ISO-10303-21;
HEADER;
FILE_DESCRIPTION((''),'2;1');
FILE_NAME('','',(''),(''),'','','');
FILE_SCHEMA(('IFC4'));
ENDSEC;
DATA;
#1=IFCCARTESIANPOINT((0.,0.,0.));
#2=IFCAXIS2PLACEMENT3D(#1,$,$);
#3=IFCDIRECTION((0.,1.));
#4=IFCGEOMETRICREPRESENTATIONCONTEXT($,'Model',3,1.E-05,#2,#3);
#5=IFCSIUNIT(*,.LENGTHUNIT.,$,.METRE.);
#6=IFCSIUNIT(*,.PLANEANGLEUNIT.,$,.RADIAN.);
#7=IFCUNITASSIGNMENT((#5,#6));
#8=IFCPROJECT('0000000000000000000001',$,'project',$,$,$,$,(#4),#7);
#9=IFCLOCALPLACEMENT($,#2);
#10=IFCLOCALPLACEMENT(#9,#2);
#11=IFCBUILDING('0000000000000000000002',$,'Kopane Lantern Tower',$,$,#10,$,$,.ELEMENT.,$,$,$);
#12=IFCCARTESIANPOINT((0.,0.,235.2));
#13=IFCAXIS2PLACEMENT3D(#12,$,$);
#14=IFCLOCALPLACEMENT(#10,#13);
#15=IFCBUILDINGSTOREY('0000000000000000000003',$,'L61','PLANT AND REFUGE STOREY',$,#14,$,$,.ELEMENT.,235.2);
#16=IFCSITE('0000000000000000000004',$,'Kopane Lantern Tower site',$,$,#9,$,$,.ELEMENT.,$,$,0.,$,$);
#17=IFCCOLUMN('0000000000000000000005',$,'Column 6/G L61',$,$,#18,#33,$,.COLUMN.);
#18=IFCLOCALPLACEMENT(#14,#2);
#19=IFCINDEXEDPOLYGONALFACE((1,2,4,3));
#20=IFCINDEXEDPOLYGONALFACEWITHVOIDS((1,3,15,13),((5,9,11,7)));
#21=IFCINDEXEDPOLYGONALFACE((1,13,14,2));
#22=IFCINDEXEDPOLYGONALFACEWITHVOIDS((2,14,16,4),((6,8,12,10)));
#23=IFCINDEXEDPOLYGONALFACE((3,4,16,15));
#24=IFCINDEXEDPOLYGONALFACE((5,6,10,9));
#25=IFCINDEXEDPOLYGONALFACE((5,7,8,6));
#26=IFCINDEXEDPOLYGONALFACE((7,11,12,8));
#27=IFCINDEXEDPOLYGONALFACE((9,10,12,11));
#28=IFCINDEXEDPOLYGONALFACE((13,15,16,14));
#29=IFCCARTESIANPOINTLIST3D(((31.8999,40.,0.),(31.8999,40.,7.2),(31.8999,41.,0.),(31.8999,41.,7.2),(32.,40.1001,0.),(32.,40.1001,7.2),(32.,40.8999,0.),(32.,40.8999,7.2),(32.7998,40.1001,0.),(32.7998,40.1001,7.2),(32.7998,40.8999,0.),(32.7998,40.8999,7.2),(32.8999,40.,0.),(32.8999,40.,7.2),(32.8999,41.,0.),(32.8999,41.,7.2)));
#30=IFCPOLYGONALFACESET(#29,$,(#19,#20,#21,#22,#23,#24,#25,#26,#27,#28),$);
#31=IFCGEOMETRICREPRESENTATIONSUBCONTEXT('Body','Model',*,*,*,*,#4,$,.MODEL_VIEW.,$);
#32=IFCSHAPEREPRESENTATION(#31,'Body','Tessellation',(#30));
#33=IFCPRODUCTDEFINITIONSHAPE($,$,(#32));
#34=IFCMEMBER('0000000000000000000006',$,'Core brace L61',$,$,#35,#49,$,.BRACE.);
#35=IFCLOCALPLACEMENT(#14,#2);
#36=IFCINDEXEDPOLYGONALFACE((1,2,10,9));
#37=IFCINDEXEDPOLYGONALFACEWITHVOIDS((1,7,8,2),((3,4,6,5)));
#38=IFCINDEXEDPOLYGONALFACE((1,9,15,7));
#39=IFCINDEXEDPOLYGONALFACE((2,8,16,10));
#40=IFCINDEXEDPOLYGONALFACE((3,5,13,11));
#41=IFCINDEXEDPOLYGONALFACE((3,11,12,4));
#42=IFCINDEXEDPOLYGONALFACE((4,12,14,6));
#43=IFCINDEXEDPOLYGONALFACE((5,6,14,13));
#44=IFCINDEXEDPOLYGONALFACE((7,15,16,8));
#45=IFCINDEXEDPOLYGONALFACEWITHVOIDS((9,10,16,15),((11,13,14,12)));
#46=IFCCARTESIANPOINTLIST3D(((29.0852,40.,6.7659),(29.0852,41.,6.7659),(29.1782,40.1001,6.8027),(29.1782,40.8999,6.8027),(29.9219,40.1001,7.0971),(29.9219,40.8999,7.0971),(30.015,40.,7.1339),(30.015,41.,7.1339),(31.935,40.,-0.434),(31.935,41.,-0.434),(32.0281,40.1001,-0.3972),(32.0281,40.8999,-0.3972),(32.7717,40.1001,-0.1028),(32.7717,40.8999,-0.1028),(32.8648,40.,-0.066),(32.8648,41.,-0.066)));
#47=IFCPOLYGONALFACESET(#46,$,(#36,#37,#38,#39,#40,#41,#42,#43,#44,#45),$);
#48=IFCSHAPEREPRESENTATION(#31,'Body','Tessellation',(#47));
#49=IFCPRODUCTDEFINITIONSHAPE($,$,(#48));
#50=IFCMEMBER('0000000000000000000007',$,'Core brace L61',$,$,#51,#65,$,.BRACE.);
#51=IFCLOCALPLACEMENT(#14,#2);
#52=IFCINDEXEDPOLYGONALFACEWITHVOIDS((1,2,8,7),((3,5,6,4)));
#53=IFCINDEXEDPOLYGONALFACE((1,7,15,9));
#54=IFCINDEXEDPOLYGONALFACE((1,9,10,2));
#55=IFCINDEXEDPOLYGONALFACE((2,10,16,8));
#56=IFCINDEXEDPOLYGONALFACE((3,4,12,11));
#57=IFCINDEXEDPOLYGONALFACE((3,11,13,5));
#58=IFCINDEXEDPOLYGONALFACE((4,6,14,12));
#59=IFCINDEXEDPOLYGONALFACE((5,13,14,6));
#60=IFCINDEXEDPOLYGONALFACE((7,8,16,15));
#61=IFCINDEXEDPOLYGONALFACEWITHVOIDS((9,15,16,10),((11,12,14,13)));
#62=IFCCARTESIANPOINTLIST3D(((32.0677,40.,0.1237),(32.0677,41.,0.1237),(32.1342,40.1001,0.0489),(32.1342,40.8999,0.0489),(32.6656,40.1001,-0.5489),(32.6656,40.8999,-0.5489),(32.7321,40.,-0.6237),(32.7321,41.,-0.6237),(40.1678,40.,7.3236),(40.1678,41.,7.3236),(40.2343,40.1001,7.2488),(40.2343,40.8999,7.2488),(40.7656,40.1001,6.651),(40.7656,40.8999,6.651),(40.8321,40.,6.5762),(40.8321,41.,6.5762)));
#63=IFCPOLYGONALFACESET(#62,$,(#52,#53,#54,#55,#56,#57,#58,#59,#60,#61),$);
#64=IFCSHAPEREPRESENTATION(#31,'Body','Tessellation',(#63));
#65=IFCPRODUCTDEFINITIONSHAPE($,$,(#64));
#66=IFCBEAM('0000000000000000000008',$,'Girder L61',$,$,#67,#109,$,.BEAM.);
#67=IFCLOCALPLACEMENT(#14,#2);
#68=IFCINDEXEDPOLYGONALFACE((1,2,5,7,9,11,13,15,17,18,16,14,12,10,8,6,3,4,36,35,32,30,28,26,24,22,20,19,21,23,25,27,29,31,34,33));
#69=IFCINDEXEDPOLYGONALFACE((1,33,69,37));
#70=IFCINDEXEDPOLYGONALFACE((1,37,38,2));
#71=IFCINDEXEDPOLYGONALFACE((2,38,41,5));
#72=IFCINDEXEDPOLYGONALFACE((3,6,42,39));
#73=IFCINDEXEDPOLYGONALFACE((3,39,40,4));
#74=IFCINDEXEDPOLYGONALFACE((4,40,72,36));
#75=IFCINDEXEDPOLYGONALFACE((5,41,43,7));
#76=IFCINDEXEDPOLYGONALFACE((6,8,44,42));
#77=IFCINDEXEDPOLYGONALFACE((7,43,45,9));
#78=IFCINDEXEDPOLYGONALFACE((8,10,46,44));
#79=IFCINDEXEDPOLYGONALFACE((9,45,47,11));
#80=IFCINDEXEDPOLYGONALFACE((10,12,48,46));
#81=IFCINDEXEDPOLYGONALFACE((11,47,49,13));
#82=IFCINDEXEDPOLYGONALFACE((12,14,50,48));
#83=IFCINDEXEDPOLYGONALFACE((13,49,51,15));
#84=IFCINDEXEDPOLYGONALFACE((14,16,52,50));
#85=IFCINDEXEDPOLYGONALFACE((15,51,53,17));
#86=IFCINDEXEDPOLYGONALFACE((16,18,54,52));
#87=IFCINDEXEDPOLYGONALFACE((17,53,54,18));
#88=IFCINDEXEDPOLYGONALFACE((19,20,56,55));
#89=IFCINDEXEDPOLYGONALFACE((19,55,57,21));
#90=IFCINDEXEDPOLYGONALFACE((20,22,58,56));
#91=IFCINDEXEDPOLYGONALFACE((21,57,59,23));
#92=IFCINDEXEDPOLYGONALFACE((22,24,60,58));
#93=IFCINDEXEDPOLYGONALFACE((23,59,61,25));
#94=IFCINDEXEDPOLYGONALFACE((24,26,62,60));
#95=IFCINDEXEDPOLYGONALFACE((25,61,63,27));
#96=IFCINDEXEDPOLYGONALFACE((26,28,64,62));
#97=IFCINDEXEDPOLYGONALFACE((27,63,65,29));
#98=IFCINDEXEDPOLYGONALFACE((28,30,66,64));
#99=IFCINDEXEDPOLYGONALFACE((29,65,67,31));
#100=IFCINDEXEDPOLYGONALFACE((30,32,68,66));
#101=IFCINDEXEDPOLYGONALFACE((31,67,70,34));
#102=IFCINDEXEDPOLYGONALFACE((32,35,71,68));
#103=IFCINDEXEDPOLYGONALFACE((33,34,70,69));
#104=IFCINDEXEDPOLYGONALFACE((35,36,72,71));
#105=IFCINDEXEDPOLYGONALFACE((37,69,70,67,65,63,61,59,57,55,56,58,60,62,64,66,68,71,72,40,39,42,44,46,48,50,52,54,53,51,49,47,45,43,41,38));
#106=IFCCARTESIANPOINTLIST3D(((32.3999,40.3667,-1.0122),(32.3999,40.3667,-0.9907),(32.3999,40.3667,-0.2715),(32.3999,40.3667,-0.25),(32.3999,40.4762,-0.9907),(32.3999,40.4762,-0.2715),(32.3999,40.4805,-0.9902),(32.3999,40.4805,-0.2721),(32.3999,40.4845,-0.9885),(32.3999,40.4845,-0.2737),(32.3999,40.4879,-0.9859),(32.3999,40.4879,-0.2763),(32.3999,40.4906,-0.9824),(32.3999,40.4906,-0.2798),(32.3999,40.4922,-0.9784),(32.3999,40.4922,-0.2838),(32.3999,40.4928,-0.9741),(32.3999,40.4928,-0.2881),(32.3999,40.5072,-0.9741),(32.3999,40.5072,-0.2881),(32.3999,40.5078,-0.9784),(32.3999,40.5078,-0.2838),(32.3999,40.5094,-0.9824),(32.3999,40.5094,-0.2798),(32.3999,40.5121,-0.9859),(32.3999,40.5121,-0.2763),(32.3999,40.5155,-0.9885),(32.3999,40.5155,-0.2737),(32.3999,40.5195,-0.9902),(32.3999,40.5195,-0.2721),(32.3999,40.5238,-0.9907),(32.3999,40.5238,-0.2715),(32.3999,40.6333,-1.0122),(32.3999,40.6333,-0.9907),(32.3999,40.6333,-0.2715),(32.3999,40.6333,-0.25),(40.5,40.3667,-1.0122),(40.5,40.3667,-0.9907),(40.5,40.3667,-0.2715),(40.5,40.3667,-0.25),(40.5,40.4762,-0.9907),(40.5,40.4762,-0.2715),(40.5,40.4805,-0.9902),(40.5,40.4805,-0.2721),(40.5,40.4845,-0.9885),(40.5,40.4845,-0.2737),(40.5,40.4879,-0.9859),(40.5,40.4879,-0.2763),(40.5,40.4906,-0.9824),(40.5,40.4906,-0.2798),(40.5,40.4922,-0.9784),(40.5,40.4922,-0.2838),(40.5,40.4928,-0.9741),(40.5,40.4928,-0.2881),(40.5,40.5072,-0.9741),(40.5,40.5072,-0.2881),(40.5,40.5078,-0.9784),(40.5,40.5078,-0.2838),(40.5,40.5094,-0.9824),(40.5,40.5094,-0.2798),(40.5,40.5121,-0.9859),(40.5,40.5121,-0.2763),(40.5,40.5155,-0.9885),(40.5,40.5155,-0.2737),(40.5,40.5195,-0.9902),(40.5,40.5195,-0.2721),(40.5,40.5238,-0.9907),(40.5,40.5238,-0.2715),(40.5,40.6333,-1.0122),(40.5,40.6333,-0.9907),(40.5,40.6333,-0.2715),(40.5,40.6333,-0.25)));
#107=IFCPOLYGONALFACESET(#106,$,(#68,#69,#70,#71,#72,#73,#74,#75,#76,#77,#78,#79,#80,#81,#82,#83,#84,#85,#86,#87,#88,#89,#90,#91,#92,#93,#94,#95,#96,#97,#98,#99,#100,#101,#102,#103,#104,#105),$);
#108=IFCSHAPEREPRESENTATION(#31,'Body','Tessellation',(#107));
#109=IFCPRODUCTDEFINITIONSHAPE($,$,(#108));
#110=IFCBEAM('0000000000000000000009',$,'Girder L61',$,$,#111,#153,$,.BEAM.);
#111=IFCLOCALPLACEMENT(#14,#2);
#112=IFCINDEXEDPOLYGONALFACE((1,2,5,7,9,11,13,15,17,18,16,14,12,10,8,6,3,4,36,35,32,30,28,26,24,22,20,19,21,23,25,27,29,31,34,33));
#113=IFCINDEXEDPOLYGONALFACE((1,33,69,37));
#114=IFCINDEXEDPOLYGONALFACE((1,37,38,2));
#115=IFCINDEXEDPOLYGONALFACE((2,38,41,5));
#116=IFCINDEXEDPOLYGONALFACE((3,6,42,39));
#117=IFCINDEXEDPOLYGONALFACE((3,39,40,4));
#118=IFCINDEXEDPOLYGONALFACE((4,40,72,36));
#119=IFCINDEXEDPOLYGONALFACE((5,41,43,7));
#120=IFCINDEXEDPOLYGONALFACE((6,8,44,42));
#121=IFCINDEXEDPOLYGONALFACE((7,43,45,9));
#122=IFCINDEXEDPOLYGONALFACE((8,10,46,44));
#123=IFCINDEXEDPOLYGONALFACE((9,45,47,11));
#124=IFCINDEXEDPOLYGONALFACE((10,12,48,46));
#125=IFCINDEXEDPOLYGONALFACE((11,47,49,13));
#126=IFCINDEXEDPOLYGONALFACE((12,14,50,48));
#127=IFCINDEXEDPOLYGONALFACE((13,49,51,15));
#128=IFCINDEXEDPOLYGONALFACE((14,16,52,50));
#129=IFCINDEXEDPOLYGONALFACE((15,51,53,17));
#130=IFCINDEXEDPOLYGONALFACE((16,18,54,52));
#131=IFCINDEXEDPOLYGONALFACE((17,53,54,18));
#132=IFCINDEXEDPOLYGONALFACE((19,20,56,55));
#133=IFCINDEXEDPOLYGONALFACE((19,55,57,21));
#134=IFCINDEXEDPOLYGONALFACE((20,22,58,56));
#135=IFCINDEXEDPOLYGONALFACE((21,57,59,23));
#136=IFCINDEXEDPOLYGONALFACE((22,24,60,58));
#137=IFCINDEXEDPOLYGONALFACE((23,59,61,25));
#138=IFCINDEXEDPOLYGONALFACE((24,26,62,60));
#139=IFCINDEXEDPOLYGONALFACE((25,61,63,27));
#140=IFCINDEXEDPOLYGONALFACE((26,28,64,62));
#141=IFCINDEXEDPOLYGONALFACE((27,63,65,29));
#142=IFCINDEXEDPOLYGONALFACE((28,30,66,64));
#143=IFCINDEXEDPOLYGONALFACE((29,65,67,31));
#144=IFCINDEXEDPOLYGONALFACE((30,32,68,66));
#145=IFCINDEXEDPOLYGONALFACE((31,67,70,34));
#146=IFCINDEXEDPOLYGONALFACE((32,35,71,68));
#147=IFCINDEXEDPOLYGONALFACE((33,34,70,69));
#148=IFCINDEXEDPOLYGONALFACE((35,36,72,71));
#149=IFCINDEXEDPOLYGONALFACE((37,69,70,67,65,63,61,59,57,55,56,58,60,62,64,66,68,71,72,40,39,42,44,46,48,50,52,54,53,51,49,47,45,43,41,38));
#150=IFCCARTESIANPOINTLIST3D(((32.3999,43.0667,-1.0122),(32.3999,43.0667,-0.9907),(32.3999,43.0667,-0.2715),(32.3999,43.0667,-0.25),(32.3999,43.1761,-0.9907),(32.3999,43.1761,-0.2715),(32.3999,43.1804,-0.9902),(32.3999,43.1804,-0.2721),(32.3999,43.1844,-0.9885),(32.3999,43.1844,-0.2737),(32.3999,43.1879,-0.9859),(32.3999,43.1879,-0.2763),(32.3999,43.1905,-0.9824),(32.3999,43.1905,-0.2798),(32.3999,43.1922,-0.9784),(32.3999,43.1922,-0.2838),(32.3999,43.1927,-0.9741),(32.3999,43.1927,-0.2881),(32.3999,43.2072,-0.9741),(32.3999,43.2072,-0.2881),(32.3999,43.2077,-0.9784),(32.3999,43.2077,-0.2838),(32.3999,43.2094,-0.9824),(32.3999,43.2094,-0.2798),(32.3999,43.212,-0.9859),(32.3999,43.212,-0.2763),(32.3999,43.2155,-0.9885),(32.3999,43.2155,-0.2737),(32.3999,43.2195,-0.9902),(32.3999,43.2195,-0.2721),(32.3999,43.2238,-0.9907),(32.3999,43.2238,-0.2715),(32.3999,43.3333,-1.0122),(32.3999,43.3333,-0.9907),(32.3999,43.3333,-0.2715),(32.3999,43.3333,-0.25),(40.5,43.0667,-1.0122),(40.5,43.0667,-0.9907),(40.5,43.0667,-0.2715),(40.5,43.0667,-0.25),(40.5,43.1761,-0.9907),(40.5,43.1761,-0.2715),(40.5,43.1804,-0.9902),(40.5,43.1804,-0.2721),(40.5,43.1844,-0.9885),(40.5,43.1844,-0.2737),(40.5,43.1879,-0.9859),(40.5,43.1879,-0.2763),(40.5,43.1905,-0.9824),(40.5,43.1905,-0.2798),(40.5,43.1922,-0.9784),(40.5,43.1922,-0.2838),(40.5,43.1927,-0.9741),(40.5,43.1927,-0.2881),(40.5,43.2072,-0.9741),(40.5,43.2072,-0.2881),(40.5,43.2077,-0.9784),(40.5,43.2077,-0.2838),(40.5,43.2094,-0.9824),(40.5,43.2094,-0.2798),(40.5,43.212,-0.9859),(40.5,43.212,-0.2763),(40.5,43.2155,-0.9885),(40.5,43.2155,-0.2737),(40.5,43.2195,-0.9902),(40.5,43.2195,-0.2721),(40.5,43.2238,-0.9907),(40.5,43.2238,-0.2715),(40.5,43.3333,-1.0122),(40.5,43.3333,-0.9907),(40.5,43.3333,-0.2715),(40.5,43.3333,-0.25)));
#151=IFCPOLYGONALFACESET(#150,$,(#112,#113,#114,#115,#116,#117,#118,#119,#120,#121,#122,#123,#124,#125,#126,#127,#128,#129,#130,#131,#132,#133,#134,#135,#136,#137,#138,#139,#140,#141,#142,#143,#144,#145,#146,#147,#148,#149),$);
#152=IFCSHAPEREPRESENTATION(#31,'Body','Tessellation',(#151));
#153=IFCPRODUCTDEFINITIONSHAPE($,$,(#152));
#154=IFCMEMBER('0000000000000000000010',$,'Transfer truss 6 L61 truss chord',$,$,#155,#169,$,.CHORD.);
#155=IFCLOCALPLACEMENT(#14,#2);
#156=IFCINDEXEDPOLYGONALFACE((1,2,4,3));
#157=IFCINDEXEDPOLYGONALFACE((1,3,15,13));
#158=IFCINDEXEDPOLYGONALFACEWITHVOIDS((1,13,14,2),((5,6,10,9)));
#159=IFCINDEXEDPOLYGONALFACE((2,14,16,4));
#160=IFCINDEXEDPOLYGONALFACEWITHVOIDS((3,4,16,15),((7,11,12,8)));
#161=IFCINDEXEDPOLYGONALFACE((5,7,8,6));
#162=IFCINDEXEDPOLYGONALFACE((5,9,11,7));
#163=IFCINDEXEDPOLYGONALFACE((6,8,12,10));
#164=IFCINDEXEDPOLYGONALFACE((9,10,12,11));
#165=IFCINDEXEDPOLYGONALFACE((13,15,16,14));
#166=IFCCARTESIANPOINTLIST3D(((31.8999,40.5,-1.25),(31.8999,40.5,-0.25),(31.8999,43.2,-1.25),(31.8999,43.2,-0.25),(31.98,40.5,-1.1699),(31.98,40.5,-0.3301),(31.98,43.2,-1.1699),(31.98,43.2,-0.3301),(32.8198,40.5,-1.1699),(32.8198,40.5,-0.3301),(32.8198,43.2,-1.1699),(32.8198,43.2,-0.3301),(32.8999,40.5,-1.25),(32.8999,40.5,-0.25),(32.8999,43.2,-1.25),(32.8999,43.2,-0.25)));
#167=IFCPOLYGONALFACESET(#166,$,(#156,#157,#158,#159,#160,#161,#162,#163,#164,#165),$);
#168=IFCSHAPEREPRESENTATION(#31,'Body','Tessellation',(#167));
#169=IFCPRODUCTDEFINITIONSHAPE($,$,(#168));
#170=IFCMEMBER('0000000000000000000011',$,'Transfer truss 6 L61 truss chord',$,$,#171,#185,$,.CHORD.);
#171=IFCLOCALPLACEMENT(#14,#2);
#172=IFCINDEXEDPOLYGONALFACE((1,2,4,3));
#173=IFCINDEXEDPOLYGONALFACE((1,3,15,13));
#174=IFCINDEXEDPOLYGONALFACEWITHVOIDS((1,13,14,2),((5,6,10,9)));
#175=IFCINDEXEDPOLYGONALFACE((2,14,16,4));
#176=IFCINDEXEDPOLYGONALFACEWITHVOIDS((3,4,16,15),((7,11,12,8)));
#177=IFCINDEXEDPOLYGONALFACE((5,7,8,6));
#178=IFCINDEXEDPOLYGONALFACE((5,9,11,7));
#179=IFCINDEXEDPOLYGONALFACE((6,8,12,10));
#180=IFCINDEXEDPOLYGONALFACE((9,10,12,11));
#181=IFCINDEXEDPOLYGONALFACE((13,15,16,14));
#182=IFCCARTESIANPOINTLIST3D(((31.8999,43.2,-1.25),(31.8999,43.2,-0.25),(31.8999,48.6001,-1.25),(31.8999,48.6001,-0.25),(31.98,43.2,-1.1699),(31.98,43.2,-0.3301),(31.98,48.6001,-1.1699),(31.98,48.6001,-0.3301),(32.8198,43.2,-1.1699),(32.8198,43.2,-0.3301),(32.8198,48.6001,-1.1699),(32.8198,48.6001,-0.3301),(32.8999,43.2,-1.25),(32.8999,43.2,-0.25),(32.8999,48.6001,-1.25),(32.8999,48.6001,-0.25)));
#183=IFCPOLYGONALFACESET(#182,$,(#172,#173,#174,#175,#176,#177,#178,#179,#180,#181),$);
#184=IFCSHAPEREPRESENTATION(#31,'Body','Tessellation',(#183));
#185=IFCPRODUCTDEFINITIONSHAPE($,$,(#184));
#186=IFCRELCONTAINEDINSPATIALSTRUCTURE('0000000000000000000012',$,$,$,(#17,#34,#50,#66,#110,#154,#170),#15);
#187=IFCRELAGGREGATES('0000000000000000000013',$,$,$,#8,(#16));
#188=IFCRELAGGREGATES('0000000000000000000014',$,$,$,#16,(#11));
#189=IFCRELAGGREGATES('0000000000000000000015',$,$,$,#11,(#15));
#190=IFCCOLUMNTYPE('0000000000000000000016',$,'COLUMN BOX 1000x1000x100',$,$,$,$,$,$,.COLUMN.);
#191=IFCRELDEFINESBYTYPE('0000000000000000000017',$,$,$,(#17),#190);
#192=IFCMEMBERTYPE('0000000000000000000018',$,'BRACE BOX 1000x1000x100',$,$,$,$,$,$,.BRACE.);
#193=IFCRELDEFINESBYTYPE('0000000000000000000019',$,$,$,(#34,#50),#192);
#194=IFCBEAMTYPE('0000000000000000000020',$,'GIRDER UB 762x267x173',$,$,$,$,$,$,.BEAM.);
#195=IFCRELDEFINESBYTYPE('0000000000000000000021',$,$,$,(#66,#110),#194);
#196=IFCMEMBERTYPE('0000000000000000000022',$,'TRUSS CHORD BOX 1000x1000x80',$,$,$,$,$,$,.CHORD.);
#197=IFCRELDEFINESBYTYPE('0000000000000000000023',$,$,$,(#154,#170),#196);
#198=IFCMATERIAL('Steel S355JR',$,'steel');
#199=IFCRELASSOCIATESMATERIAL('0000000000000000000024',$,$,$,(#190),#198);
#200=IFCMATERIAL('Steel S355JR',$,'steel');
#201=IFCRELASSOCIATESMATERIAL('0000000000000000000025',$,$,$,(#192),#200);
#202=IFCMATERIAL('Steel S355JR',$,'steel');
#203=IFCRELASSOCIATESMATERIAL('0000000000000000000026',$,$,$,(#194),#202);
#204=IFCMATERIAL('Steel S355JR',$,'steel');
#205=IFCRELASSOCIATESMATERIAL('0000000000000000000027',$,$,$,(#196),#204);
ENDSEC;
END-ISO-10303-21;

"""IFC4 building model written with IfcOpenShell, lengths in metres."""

from ifc_helpers import new_model, si_unit, direction, frame, origin, origin_2d, place, context, subcontext, project, spatial, hollow_rectangle, i_section, extrude, material, material_profile, profile_set, type_object, element, save


model = new_model("IFC4")

# Units and contexts
model_context = context("Model", 3, precision=1e-05, world=origin(), true_north=direction((0.0, 1.0)))
body_context = subcontext(model_context, "Body", "Model", "MODEL_VIEW")
ifc_project = project(units=[si_unit("LENGTHUNIT", "METRE"), si_unit("PLANEANGLEUNIT", "RADIAN")], contexts=[model_context])

# Site, building, storey
site_placement = place(None, origin())
site = spatial("IfcSite", under=ifc_project, at=site_placement, Name="Kopane Lantern Tower site", CompositionType="ELEMENT", RefElevation=0.0)
building_placement = place(site_placement, origin())
building = spatial("IfcBuilding", under=site, at=building_placement, Name="Kopane Lantern Tower", CompositionType="ELEMENT")
storey_placement = place(building_placement, frame((0.0, 0.0, 235.2)))
storey = spatial("IfcBuildingStorey", under=building, at=storey_placement, Name="L61", Description="PLANT AND REFUGE STOREY", CompositionType="ELEMENT", Elevation=235.2)

# Column
ifc_material_1 = material(Name="Steel S355JR", Category="steel")
ifc_material_profile_1 = material_profile(ifc_material_1, hollow_rectangle(XDim=1.0, YDim=1.0, WallThickness=0.1001, at=origin_2d()), Name="BOX 1000x1000x100")
ifc_profile_set_1 = profile_set([ifc_material_profile_1], Name="Steel S355JR")
column_type = type_object("IfcColumnType", Name="COLUMN BOX 1000x1000x100", PredefinedType="COLUMN", material=ifc_profile_set_1)
column_placement = place(storey_placement, frame((32.3999, 40.5, 0.0), z_axis=(0.0, 0.0, 1.0), x_axis=(1.0, 0.0, 0.0)))
element("IfcColumn", 1, at=column_placement, inside=storey, type_object=column_type, Name="Column 6/G L61", PredefinedType="COLUMN", context=body_context, shape_type="SweptSolid", body=[
    extrude(hollow_rectangle(XDim=1.0, YDim=1.0, WallThickness=0.1001, at=origin_2d()), origin(), (0.0, 0.0, 1.0), 7.2),
])

# Members
ifc_material_2 = material(Name="Steel S355JR", Category="steel")
ifc_material_profile_2 = material_profile(ifc_material_2, hollow_rectangle(XDim=1.0, YDim=1.0, WallThickness=0.1001, at=origin_2d()), Name="BOX 1000x1000x100")
ifc_profile_set_2 = profile_set([ifc_material_profile_2], Name="Steel S355JR")
member_type_1 = type_object("IfcMemberType", Name="BRACE BOX 1000x1000x100", PredefinedType="BRACE", material=ifc_profile_set_2)
member_1_placement = place(storey_placement, frame((32.3999, 40.5, -0.25), z_axis=(-0.368034, 0.0, 0.929812), x_axis=(0.0, -1.0, 0.0)))
element("IfcMember", 2, at=member_1_placement, inside=storey, type_object=member_type_1, Name="Core brace L61", PredefinedType="BRACE", context=body_context, shape_type="SweptSolid", body=[
    extrude(hollow_rectangle(XDim=1.0, YDim=1.0, WallThickness=0.1001, at=origin_2d()), origin(), (0.0, 0.0, 1.0), 7.7434),
])
member_2_placement = place(storey_placement, frame((32.3999, 40.5, -0.25), z_axis=(0.747416, 0.0, 0.664357), x_axis=(0.0, 1.0, 0.0)))
element("IfcMember", 3, at=member_2_placement, inside=storey, type_object=member_type_1, Name="Core brace L61", PredefinedType="BRACE", context=body_context, shape_type="SweptSolid", body=[
    extrude(hollow_rectangle(XDim=1.0, YDim=1.0, WallThickness=0.1001, at=origin_2d()), origin(), (0.0, 0.0, 1.0), 10.8374),
])

# Beams
ifc_material_3 = material(Name="Steel S355JR", Category="steel")
ifc_material_profile_3 = material_profile(ifc_material_3, i_section(OverallWidth=0.2666, OverallDepth=0.7622, WebThickness=0.0144, FlangeThickness=0.0215, FilletRadius=0.0166, at=origin_2d()), Name="UB 762x267x173")
ifc_profile_set_3 = profile_set([ifc_material_profile_3], Name="Steel S355JR")
beam_type = type_object("IfcBeamType", Name="GIRDER UB 762x267x173", PredefinedType="BEAM", material=ifc_profile_set_3)
for number, where, z_axis, x_axis, name in (
    (4, (32.3999, 40.5, -0.6311), (1.0, 0.0, 0.0), (0.0, 1.0, 0.0), "Girder L61"),
    (5, (32.3999, 43.2, -0.6311), (1.0, 0.0, 0.0), (0.0, 1.0, 0.0), "Girder L61"),
):
    element("IfcBeam", number, at=place(storey_placement, frame(where, z_axis=z_axis, x_axis=x_axis)), inside=storey, type_object=beam_type, Name=name, PredefinedType="BEAM", context=body_context, shape_type="SweptSolid", body=[
        extrude(i_section(OverallWidth=0.2666, OverallDepth=0.7622, WebThickness=0.0144, FlangeThickness=0.0215, FilletRadius=0.0166, at=origin_2d()), origin(), (0.0, 0.0, 1.0), 8.1001),
    ])

# Members
ifc_material_4 = material(Name="Steel S355JR", Category="steel")
ifc_material_profile_4 = material_profile(ifc_material_4, hollow_rectangle(XDim=1.0, YDim=1.0, WallThickness=0.0801, at=origin_2d()), Name="BOX 1000x1000x80")
ifc_profile_set_4 = profile_set([ifc_material_profile_4], Name="Steel S355JR")
member_type_2 = type_object("IfcMemberType", Name="TRUSS CHORD BOX 1000x1000x80", PredefinedType="CHORD", material=ifc_profile_set_4)
member_3_placement = place(storey_placement, frame((32.3999, 40.5, -0.75), z_axis=(0.0, 1.0, 0.0), x_axis=(-1.0, 0.0, 0.0)))
element("IfcMember", 6, at=member_3_placement, inside=storey, type_object=member_type_2, Name="Transfer truss 6 L61 truss chord", PredefinedType="CHORD", context=body_context, shape_type="SweptSolid", body=[
    extrude(hollow_rectangle(XDim=1.0, YDim=1.0, WallThickness=0.0801, at=origin_2d()), origin(), (0.0, 0.0, 1.0), 2.7),
])
member_4_placement = place(storey_placement, frame((32.3999, 43.2, -0.75), z_axis=(0.0, 1.0, 0.0), x_axis=(-1.0, 0.0, 0.0)))
element("IfcMember", 7, at=member_4_placement, inside=storey, type_object=member_type_2, Name="Transfer truss 6 L61 truss chord", PredefinedType="CHORD", context=body_context, shape_type="SweptSolid", body=[
    extrude(hollow_rectangle(XDim=1.0, YDim=1.0, WallThickness=0.0801, at=origin_2d()), origin(), (0.0, 0.0, 1.0), 5.4001),
])

save(model, "model.ifc")
